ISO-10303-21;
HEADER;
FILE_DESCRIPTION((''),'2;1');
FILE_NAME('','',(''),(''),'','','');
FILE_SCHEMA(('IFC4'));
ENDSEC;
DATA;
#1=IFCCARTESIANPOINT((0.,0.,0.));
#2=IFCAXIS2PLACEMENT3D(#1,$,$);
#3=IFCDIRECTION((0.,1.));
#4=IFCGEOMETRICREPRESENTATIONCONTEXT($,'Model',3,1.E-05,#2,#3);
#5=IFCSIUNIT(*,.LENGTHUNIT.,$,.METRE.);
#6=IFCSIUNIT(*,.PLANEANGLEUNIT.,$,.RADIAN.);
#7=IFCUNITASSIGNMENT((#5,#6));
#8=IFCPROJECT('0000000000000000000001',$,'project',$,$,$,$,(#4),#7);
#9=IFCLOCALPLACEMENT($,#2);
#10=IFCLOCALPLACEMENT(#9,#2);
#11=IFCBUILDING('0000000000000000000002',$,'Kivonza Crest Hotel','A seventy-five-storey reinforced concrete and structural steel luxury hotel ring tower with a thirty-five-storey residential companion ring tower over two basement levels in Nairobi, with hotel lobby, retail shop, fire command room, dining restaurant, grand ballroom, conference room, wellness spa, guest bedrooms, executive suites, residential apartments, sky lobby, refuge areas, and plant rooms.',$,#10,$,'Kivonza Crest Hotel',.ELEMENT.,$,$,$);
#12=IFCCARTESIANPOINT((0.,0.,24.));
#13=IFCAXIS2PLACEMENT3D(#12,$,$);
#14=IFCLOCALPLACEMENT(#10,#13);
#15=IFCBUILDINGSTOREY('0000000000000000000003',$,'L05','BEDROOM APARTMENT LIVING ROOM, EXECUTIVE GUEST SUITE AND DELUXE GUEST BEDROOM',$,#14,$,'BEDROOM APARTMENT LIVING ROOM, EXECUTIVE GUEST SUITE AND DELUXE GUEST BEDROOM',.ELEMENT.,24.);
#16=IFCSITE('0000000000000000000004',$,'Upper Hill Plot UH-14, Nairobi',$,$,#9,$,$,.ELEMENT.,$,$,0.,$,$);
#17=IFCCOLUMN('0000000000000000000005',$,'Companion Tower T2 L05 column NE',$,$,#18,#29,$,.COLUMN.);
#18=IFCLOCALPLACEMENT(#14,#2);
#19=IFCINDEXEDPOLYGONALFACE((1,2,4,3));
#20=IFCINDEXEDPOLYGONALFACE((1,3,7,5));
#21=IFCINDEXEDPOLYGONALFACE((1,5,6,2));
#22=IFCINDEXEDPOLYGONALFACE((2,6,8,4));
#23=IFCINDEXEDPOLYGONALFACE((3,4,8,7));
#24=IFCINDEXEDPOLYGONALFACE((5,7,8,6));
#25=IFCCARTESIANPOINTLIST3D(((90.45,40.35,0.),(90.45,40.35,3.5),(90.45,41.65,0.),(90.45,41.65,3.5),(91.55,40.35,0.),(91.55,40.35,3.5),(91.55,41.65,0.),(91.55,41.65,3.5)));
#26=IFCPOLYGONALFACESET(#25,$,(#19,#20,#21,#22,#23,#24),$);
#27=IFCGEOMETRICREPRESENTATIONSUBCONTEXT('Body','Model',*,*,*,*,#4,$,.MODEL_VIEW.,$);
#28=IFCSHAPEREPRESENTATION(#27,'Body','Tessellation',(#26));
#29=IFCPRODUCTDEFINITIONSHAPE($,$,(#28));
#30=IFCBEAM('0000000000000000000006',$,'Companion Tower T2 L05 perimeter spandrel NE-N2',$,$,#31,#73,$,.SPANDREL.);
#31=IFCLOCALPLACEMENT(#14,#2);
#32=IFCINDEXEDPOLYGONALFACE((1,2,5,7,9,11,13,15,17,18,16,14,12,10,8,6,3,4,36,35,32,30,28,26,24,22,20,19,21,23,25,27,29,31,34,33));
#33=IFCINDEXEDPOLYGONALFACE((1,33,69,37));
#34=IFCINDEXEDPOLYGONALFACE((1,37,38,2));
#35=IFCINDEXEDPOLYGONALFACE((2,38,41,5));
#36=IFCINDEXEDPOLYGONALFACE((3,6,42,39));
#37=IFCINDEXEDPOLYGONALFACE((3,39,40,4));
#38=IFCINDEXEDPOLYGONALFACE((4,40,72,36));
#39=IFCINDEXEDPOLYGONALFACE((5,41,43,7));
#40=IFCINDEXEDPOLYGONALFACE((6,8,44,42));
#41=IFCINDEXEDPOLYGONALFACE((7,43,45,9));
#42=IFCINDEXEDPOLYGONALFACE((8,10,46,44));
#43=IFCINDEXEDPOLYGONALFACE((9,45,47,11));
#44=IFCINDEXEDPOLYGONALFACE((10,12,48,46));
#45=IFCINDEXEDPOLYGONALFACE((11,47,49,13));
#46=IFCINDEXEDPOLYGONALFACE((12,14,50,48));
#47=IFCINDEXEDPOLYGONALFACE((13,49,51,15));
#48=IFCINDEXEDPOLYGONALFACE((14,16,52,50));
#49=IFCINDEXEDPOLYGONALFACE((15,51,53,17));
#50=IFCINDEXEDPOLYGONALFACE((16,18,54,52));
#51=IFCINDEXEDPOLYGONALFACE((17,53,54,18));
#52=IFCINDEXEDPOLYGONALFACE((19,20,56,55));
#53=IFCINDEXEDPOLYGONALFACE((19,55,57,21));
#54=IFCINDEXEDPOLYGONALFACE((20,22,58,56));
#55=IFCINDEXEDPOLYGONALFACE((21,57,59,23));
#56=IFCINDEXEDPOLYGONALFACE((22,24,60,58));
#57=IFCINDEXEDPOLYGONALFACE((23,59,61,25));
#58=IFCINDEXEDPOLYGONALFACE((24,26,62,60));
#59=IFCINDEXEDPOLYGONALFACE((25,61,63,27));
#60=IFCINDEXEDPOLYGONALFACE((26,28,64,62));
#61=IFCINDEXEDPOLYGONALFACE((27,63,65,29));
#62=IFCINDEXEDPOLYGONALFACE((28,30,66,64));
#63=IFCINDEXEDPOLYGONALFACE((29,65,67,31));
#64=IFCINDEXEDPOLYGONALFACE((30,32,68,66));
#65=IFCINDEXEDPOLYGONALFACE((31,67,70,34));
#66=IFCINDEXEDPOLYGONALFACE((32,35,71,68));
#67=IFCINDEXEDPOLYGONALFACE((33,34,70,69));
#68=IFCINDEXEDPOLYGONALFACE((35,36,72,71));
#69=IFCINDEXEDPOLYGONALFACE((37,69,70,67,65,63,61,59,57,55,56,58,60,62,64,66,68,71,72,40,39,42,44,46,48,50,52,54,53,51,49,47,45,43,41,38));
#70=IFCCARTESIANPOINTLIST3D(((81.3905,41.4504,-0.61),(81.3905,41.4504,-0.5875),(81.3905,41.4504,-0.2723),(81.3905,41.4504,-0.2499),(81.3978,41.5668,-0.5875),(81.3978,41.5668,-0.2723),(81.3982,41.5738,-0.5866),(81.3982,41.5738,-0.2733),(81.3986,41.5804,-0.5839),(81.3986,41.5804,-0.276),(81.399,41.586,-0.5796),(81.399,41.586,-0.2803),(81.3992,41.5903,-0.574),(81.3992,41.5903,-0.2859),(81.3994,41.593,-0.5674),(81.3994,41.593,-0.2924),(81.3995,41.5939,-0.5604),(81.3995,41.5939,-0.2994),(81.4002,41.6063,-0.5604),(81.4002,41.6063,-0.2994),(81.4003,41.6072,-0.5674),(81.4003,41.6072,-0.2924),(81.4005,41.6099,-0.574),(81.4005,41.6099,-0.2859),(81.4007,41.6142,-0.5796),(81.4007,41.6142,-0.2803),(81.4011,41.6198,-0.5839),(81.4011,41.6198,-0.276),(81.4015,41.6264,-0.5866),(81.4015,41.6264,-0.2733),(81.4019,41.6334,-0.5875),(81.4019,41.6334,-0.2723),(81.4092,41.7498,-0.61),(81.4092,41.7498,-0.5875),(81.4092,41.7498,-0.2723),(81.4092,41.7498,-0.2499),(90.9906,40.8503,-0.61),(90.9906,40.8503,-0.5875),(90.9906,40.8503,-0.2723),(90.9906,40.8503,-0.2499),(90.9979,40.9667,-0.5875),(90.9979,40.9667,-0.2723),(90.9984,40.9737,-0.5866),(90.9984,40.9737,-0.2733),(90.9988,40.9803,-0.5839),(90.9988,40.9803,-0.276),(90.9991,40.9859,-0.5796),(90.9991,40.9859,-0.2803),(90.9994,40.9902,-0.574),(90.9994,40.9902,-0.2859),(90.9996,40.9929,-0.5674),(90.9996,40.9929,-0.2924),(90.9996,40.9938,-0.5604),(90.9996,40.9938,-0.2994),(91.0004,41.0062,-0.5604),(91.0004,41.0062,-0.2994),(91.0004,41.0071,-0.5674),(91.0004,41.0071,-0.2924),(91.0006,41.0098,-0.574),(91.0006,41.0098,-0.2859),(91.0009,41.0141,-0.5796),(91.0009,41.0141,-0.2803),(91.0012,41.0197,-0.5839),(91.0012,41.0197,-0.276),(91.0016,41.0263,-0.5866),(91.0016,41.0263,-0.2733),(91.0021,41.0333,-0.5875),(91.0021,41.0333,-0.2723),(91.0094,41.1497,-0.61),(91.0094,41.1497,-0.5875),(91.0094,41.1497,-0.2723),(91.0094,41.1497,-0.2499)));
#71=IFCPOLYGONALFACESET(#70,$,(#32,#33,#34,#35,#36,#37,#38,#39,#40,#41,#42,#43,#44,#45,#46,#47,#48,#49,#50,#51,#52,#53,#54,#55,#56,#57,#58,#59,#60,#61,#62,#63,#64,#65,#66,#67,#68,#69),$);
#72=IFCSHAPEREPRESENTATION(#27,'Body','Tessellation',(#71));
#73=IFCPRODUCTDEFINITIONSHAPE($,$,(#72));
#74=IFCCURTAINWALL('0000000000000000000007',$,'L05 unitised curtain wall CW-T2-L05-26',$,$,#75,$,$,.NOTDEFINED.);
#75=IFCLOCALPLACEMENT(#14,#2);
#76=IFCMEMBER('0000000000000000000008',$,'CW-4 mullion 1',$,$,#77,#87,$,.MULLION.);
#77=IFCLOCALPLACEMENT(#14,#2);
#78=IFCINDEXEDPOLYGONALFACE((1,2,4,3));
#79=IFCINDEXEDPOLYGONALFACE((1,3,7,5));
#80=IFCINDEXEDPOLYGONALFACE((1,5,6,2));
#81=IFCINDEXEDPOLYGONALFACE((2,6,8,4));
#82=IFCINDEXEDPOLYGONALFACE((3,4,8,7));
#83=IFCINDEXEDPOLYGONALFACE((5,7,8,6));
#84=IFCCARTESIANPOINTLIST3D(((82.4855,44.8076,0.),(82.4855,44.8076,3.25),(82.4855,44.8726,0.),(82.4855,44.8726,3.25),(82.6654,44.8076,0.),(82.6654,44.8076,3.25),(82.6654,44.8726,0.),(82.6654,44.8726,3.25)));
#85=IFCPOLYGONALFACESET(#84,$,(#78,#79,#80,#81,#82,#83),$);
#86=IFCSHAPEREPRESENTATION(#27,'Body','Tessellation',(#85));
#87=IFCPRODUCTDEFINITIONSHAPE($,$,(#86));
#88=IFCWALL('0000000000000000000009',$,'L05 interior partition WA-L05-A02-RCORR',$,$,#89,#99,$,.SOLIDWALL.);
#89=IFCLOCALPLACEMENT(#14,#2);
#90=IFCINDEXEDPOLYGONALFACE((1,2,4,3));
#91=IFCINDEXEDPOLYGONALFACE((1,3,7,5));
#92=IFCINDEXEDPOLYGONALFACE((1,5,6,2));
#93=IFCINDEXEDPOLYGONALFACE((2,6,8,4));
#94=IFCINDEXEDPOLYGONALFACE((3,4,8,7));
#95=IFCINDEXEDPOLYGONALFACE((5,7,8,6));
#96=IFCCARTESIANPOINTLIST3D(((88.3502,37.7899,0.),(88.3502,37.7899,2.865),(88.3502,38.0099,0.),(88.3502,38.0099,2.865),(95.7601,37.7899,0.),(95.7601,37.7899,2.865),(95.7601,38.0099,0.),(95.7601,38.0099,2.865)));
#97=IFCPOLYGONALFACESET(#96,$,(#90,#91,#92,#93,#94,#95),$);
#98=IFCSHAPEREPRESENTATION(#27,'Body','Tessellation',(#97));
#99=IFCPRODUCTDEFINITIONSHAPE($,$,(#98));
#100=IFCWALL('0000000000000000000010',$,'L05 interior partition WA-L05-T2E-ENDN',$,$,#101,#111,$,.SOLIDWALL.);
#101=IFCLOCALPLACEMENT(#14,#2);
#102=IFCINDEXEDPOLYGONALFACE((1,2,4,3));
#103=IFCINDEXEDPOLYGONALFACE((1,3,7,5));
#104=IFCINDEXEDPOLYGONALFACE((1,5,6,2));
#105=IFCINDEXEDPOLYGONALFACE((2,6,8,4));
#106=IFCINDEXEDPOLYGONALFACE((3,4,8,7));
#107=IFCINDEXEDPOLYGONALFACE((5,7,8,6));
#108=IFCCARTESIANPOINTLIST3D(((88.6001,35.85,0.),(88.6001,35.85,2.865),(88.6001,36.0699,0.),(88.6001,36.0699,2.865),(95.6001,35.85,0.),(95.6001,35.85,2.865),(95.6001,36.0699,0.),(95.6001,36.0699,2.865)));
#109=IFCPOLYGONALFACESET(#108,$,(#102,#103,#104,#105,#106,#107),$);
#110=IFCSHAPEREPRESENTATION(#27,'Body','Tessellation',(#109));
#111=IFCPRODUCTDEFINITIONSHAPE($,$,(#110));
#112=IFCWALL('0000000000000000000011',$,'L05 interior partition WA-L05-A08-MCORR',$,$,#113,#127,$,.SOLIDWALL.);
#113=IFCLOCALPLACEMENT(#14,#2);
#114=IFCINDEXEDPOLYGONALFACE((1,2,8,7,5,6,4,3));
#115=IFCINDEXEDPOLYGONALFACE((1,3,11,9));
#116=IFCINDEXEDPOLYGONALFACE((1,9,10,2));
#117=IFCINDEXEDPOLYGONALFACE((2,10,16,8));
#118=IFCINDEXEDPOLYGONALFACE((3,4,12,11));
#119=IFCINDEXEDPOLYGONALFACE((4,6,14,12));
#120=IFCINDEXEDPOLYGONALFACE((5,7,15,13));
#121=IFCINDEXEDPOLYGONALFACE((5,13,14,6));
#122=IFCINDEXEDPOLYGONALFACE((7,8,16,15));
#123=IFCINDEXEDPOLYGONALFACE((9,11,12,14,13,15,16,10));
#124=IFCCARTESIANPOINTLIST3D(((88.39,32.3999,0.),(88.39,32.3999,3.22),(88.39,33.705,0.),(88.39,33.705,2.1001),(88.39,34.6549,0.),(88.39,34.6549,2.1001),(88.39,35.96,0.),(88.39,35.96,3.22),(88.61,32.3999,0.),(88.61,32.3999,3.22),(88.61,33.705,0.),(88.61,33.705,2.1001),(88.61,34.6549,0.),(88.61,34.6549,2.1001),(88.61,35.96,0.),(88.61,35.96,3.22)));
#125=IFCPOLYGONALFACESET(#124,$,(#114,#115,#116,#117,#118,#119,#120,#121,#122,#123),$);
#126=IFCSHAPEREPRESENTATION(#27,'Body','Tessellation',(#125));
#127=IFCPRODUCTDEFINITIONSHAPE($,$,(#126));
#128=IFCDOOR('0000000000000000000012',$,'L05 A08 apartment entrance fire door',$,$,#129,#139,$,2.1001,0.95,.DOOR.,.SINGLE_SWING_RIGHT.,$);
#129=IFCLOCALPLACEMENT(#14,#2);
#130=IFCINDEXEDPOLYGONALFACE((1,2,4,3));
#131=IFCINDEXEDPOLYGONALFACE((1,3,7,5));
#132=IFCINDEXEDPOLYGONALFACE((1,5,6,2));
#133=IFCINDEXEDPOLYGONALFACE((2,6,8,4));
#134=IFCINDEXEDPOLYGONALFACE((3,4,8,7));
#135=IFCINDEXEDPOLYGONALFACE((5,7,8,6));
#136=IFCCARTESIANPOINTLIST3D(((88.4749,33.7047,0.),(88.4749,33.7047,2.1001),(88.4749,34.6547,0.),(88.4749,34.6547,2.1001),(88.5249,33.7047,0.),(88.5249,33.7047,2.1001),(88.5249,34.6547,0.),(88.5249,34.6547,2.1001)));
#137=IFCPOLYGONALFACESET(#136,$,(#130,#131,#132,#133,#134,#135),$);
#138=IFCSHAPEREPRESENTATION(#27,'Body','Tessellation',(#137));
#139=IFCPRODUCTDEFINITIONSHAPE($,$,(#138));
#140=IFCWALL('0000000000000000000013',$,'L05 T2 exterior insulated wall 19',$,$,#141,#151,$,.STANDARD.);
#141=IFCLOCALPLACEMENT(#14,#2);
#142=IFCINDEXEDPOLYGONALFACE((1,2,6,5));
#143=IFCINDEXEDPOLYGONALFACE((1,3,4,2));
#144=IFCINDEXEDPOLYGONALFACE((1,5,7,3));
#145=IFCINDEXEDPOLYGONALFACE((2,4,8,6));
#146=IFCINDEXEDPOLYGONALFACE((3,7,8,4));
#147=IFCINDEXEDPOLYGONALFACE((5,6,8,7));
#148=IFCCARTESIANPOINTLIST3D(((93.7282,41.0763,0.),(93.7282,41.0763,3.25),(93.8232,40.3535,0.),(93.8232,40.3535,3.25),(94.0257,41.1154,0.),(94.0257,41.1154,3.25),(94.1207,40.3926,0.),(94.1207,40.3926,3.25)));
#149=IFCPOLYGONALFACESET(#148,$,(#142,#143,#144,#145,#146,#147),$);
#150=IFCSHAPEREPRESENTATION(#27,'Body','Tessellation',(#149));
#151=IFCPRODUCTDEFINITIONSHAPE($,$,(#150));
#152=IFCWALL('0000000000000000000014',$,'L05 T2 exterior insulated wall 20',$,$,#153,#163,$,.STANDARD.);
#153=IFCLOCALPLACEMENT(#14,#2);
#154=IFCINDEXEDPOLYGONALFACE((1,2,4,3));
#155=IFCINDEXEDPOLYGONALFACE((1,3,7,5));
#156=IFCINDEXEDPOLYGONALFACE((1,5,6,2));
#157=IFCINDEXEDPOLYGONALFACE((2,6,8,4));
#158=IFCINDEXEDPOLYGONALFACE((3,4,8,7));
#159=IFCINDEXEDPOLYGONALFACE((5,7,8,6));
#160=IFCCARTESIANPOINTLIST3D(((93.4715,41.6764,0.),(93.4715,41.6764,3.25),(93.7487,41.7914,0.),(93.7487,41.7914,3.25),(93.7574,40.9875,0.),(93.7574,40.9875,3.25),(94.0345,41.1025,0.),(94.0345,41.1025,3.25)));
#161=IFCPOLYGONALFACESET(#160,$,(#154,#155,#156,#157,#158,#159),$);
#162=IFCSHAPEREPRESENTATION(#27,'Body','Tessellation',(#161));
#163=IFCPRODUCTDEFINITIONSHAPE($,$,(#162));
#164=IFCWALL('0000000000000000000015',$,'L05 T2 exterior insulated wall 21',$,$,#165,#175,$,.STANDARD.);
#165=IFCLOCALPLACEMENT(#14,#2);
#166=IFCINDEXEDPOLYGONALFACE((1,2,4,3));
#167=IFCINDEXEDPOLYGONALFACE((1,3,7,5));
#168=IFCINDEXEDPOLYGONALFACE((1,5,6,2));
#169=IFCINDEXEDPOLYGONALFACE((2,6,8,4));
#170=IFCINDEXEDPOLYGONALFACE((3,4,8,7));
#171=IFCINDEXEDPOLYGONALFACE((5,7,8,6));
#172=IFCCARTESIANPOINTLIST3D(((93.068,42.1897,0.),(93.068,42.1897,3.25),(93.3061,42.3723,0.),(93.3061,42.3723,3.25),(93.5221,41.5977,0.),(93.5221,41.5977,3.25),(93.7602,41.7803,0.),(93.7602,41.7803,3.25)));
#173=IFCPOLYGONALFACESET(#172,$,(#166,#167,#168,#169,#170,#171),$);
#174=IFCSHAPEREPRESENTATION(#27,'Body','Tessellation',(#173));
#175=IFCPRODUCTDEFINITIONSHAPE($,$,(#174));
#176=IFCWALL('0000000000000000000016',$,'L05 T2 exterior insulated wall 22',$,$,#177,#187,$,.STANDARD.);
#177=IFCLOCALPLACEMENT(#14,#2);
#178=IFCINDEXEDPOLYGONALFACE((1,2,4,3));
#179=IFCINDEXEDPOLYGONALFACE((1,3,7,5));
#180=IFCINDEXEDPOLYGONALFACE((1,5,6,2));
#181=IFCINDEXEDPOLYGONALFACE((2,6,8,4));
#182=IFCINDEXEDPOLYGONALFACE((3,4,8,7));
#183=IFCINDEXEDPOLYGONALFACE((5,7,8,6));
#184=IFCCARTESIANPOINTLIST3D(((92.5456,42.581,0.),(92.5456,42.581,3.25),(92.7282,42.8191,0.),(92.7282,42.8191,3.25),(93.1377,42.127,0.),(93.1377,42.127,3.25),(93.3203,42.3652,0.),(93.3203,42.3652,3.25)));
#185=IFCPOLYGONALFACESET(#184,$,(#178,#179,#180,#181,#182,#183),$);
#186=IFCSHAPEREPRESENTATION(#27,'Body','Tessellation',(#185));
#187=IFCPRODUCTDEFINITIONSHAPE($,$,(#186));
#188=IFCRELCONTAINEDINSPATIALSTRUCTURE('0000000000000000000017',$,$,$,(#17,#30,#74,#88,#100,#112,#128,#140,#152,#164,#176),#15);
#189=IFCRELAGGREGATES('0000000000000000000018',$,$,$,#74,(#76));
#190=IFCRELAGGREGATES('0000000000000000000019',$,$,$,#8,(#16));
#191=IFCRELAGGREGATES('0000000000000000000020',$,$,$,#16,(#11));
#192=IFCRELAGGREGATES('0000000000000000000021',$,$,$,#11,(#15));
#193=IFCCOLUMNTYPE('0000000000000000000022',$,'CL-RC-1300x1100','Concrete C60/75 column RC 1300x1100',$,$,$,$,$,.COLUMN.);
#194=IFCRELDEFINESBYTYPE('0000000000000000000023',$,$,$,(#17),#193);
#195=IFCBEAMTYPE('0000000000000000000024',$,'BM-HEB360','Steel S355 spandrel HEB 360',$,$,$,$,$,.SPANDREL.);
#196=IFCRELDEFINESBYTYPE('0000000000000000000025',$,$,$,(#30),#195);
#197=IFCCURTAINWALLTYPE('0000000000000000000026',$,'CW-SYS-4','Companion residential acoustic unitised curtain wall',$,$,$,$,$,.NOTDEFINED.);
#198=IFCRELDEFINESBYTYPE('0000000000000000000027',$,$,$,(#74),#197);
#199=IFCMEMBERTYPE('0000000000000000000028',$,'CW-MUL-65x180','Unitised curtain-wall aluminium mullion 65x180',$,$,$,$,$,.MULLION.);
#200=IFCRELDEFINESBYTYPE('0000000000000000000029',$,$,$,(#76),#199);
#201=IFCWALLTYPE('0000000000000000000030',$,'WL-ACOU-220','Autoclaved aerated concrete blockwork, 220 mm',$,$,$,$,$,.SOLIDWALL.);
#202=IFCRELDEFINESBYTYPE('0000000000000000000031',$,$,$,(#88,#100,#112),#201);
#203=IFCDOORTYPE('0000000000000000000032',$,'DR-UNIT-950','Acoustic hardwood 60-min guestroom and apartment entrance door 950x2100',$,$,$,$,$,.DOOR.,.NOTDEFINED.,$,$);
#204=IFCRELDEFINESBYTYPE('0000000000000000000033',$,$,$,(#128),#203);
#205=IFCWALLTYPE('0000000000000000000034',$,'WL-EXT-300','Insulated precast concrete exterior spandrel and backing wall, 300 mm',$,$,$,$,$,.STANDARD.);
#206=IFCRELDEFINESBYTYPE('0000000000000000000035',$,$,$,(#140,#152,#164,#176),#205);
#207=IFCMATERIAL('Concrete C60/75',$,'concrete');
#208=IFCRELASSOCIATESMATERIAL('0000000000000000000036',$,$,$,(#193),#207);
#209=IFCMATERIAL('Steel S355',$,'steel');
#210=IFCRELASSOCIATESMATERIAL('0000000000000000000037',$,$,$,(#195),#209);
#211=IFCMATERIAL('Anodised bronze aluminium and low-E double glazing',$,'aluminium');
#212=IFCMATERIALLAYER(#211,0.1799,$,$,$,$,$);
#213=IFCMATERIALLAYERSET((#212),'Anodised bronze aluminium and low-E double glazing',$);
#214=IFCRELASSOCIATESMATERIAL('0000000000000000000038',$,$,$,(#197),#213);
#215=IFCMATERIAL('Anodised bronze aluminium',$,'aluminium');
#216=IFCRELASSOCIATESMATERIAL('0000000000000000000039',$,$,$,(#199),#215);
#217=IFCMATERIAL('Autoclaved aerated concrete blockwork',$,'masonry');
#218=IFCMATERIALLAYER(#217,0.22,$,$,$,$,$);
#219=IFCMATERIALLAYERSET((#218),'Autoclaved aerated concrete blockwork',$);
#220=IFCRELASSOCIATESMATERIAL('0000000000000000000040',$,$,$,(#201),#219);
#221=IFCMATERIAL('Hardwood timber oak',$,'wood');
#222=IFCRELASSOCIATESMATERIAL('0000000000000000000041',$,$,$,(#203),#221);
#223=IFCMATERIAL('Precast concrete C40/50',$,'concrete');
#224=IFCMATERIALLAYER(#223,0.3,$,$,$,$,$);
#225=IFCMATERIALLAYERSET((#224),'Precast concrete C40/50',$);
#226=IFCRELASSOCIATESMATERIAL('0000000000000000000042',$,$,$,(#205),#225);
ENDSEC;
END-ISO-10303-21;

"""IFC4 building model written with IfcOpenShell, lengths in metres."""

from ifc_helpers import new_model, si_unit, direction, frame, frame_2d, origin, origin_2d, place, context, subcontext, project, spatial, rectangle, i_section, extrude, material, layer, layer_set, material_profile, profile_set, type_object, element, fill, aggregate, save


model = new_model("IFC4")

# Units and contexts
model_context = context("Model", 3, precision=1e-05, world=origin(), true_north=direction((0.0, 1.0)))
body_context = subcontext(model_context, "Body", "Model", "MODEL_VIEW")
ifc_project = project(units=[si_unit("LENGTHUNIT", "METRE"), si_unit("PLANEANGLEUNIT", "RADIAN")], contexts=[model_context])

# Site, building, storey
site_placement = place(None, origin())
site = spatial("IfcSite", under=ifc_project, at=site_placement, Name="Upper Hill Plot UH-14, Nairobi", CompositionType="ELEMENT", RefElevation=0.0)
building_placement = place(site_placement, origin())
building = spatial("IfcBuilding", under=site, at=building_placement, Name="Kivonza Crest Hotel", Description="A seventy-five-storey reinforced concrete and structural steel luxury hotel ring tower with a thirty-five-storey residential companion ring tower over two basement levels in Nairobi, with hotel lobby, retail shop, fire command room, dining restaurant, grand ballroom, conference room, wellness spa, guest bedrooms, executive suites, residential apartments, sky lobby, refuge areas, and plant rooms.", LongName="Kivonza Crest Hotel", CompositionType="ELEMENT")
storey_placement = place(building_placement, frame((0.0, 0.0, 24.0)))
storey = spatial("IfcBuildingStorey", under=building, at=storey_placement, Name="L05", Description="BEDROOM APARTMENT LIVING ROOM, EXECUTIVE GUEST SUITE AND DELUXE GUEST BEDROOM", LongName="BEDROOM APARTMENT LIVING ROOM, EXECUTIVE GUEST SUITE AND DELUXE GUEST BEDROOM", CompositionType="ELEMENT", Elevation=24.0)

# Column
ifc_material_1 = material(Name="Concrete C60/75", Category="concrete")
ifc_material_profile_1 = material_profile(ifc_material_1, rectangle(XDim=1.1001, YDim=1.3, at=origin_2d()), Name="RC 1300x1100")
ifc_profile_set_1 = profile_set([ifc_material_profile_1], Name="Concrete C60/75")
column_type = type_object("IfcColumnType", Name="CL-RC-1300x1100", Description="Concrete C60/75 column RC 1300x1100", PredefinedType="COLUMN", material=ifc_profile_set_1)
column_placement = place(storey_placement, frame((91.0, 41.0, 0.0), z_axis=(0.0, 0.0, 1.0), x_axis=(1.0, 0.0, 0.0)))
element("IfcColumn", 1, at=column_placement, inside=storey, type_object=column_type, Name="Companion Tower T2 L05 column NE", PredefinedType="COLUMN", context=body_context, shape_type="SweptSolid", body=[
    extrude(rectangle(XDim=1.1001, YDim=1.3, at=origin_2d()), origin(), (0.0, 0.0, 1.0), 3.5),
])

# Beam
ifc_material_2 = material(Name="Steel S355", Category="steel")
ifc_material_profile_2 = material_profile(ifc_material_2, i_section(OverallWidth=0.3, OverallDepth=0.3601, WebThickness=0.0125, FlangeThickness=0.0225, FilletRadius=0.0271, at=origin_2d()), Name="HEB 360")
ifc_profile_set_2 = profile_set([ifc_material_profile_2], Name="Steel S355")
beam_type = type_object("IfcBeamType", Name="BM-HEB360", Description="Steel S355 spandrel HEB 360", PredefinedType="SPANDREL", material=ifc_profile_set_2)
beam_placement = place(storey_placement, frame((91.0, 41.0, -0.4299), z_axis=(-0.998052, 0.062388, 0.0), x_axis=(-0.062388, -0.998052, 0.0)))
element("IfcBeam", 2, at=beam_placement, inside=storey, type_object=beam_type, Name="Companion Tower T2 L05 perimeter spandrel NE-N2", PredefinedType="SPANDREL", context=body_context, shape_type="SweptSolid", body=[
    extrude(i_section(OverallWidth=0.3, OverallDepth=0.3601, WebThickness=0.0125, FlangeThickness=0.0225, FilletRadius=0.0271, at=origin_2d()), origin(), (0.0, 0.0, 1.0), 9.6189),
])

# Curtain wall, member
ifc_material_3 = material(Name="Anodised bronze aluminium and low-E double glazing", Category="aluminium")
ifc_layer_1 = layer(ifc_material_3, 0.1799)
ifc_layer_set_1 = layer_set([ifc_layer_1], Name="Anodised bronze aluminium and low-E double glazing")
curtain_wall_type = type_object("IfcCurtainWallType", Name="CW-SYS-4", Description="Companion residential acoustic unitised curtain wall", PredefinedType="NOTDEFINED", material=ifc_layer_set_1)
curtain_wall_placement = place(storey_placement, origin())
curtain_wall = element("IfcCurtainWall", 3, at=curtain_wall_placement, inside=storey, type_object=curtain_wall_type, Name="L05 unitised curtain wall CW-T2-L05-26", PredefinedType="NOTDEFINED")
ifc_material_4 = material(Name="Anodised bronze aluminium", Category="aluminium")
ifc_material_profile_3 = material_profile(ifc_material_4, rectangle(XDim=0.0649, YDim=0.1799, at=origin_2d()), Name="CW-M 65x180")
ifc_profile_set_3 = profile_set([ifc_material_profile_3], Name="Anodised bronze aluminium")
member_type = type_object("IfcMemberType", Name="CW-MUL-65x180", Description="Unitised curtain-wall aluminium mullion 65x180", PredefinedType="MULLION", material=ifc_profile_set_3)
member_placement = place(storey_placement, frame((82.5754, 44.8401, 0.0), z_axis=(0.0, 0.0, 1.0), x_axis=(0.0, -1.0, 0.0)))
member = element("IfcMember", 4, at=member_placement, type_object=member_type, Name="CW-4 mullion 1", PredefinedType="MULLION", context=body_context, shape_type="SweptSolid", body=[
    extrude(rectangle(XDim=0.0649, YDim=0.1799, at=origin_2d()), origin(), (0.0, 0.0, 1.0), 3.25),
])
aggregate(curtain_wall, [member])

# Walls
ifc_material_5 = material(Name="Autoclaved aerated concrete blockwork", Category="masonry")
ifc_layer_2 = layer(ifc_material_5, 0.22)
ifc_layer_set_2 = layer_set([ifc_layer_2], Name="Autoclaved aerated concrete blockwork")
wall_type_1 = type_object("IfcWallType", Name="WL-ACOU-220", Description="Autoclaved aerated concrete blockwork, 220 mm", PredefinedType="SOLIDWALL", material=ifc_layer_set_2)
wall_1_placement = place(storey_placement, frame((88.3501, 37.8999, 0.0), z_axis=(0.0, 0.0, 1.0), x_axis=(1.0, 0.0, 0.0)))
element("IfcWall", 5, at=wall_1_placement, inside=storey, type_object=wall_type_1, Name="L05 interior partition WA-L05-A02-RCORR", PredefinedType="SOLIDWALL", context=body_context, shape_type="SweptSolid", body=[
    extrude(rectangle(XDim=7.4099, YDim=0.22, at=frame_2d((3.7051, 0.0))), origin(), (0.0, 0.0, 1.0), 2.865),
])
wall_2_placement = place(storey_placement, frame((88.6001, 35.96, 0.0), z_axis=(0.0, 0.0, 1.0), x_axis=(1.0, 0.0, 0.0)))
element("IfcWall", 6, at=wall_2_placement, inside=storey, type_object=wall_type_1, Name="L05 interior partition WA-L05-T2E-ENDN", PredefinedType="SOLIDWALL", context=body_context, shape_type="SweptSolid", body=[
    extrude(rectangle(XDim=7.0, YDim=0.22, at=frame_2d((3.5, 0.0))), origin(), (0.0, 0.0, 1.0), 2.865),
])

# Wall, opening, door
wall_3_placement = place(storey_placement, frame((88.5, 32.3999, 0.0), z_axis=(0.0, 0.0, 1.0), x_axis=(0.0, 1.0, 0.0)))
wall_3 = element("IfcWall", 7, at=wall_3_placement, inside=storey, type_object=wall_type_1, Name="L05 interior partition WA-L05-A08-MCORR", PredefinedType="SOLIDWALL", context=body_context, shape_type="SweptSolid", body=[
    extrude(rectangle(XDim=3.5601, YDim=0.22, at=frame_2d((1.78, 0.0))), origin(), (0.0, 0.0, 1.0), 3.22),
])
opening_1_placement = place(wall_3_placement, frame((1.3049, 0.0, 0.0)))
opening_1 = element("IfcOpeningElement", 8, at=opening_1_placement, cuts=wall_3, PredefinedType="OPENING", context=body_context, shape_type="SweptSolid", body=[
    extrude(rectangle(XDim=0.95, YDim=2.1001, at=frame_2d((0.4751, 1.05))), frame((0.0, 0.1201, 0.0), z_axis=(0.0, -1.0, 0.0), x_axis=(1.0, 0.0, 0.0)), (0.0, 0.0, 1.0), 0.24),
])
ifc_material_6 = material(Name="Hardwood timber oak", Category="wood")
door_type_1 = type_object("IfcDoorType", Name="DR-UNIT-950", Description="Acoustic hardwood 60-min guestroom and apartment entrance door 950x2100", OperationType="NOTDEFINED", PredefinedType="DOOR", material=ifc_material_6)
door_1_placement = place(opening_1_placement, frame((0.95, 0.0, 0.0), z_axis=(0.0, 0.0, 1.0), x_axis=(-1.0, 0.0, 0.0)))
door_1 = element("IfcDoor", 9, at=door_1_placement, inside=storey, type_object=door_type_1, Name="L05 A08 apartment entrance fire door", OperationType="SINGLE_SWING_RIGHT", OverallHeight=2.1001, OverallWidth=0.95, PredefinedType="DOOR", context=body_context, shape_type="SweptSolid", body=[
    extrude(rectangle(XDim=0.95, YDim=2.1001, at=frame_2d((0.4751, 1.05))), frame((0.0, 0.0249, 0.0), z_axis=(0.0, -1.0, 0.0), x_axis=(1.0, 0.0, 0.0)), (0.0, 0.0, 1.0), 0.05),
])
fill(opening_1, door_1)

# Walls
ifc_material_7 = material(Name="Precast concrete C40/50", Category="concrete")
ifc_layer_3 = layer(ifc_material_7, 0.3)
ifc_layer_set_3 = layer_set([ifc_layer_3], Name="Precast concrete C40/50")
wall_type_2 = type_object("IfcWallType", Name="WL-EXT-300", Description="Insulated precast concrete exterior spandrel and backing wall, 300 mm", PredefinedType="STANDARD", material=ifc_layer_set_3)
wall_4_placement = place(storey_placement, frame((93.9719, 40.373, 0.0), z_axis=(0.0, 0.0, 1.0), x_axis=(-0.130255, 0.99148, 0.0)))
element("IfcWall", 10, at=wall_4_placement, inside=storey, type_object=wall_type_2, Name="L05 T2 exterior insulated wall 19", PredefinedType="STANDARD", context=body_context, shape_type="SweptSolid", body=[
    extrude(rectangle(XDim=0.729, YDim=0.3, at=frame_2d((0.3645, 0.0))), origin(), (0.0, 0.0, 1.0), 3.25),
])
wall_5_placement = place(storey_placement, frame((93.896, 41.0449, 0.0), z_axis=(0.0, 0.0, 1.0), x_axis=(-0.383267, 0.923638, 0.0)))
element("IfcWall", 11, at=wall_5_placement, inside=storey, type_object=wall_type_2, Name="L05 T2 exterior insulated wall 20", PredefinedType="STANDARD", context=body_context, shape_type="SweptSolid", body=[
    extrude(rectangle(XDim=0.7458, YDim=0.3, at=frame_2d((0.373, 0.0))), origin(), (0.0, 0.0, 1.0), 3.25),
])
for number, where, z_axis, x_axis, name in (
    (12, (93.6411, 41.689, 0.0), (0.0, 0.0, 1.0), (-0.608603, 0.793475, 0.0), "L05 T2 exterior insulated wall 21"),
    (13, (93.229, 42.2461, 0.0), (0.0, 0.0, 1.0), (-0.793633, 0.608397, 0.0), "L05 T2 exterior insulated wall 22"),
):
    element("IfcWall", number, at=place(storey_placement, frame(where, z_axis=z_axis, x_axis=x_axis)), inside=storey, type_object=wall_type_2, Name=name, PredefinedType="STANDARD", context=body_context, shape_type="SweptSolid", body=[
        extrude(rectangle(XDim=0.7461, YDim=0.3, at=frame_2d((0.373, 0.0))), origin(), (0.0, 0.0, 1.0), 3.25),
    ])

save(model, "model.ifc")
